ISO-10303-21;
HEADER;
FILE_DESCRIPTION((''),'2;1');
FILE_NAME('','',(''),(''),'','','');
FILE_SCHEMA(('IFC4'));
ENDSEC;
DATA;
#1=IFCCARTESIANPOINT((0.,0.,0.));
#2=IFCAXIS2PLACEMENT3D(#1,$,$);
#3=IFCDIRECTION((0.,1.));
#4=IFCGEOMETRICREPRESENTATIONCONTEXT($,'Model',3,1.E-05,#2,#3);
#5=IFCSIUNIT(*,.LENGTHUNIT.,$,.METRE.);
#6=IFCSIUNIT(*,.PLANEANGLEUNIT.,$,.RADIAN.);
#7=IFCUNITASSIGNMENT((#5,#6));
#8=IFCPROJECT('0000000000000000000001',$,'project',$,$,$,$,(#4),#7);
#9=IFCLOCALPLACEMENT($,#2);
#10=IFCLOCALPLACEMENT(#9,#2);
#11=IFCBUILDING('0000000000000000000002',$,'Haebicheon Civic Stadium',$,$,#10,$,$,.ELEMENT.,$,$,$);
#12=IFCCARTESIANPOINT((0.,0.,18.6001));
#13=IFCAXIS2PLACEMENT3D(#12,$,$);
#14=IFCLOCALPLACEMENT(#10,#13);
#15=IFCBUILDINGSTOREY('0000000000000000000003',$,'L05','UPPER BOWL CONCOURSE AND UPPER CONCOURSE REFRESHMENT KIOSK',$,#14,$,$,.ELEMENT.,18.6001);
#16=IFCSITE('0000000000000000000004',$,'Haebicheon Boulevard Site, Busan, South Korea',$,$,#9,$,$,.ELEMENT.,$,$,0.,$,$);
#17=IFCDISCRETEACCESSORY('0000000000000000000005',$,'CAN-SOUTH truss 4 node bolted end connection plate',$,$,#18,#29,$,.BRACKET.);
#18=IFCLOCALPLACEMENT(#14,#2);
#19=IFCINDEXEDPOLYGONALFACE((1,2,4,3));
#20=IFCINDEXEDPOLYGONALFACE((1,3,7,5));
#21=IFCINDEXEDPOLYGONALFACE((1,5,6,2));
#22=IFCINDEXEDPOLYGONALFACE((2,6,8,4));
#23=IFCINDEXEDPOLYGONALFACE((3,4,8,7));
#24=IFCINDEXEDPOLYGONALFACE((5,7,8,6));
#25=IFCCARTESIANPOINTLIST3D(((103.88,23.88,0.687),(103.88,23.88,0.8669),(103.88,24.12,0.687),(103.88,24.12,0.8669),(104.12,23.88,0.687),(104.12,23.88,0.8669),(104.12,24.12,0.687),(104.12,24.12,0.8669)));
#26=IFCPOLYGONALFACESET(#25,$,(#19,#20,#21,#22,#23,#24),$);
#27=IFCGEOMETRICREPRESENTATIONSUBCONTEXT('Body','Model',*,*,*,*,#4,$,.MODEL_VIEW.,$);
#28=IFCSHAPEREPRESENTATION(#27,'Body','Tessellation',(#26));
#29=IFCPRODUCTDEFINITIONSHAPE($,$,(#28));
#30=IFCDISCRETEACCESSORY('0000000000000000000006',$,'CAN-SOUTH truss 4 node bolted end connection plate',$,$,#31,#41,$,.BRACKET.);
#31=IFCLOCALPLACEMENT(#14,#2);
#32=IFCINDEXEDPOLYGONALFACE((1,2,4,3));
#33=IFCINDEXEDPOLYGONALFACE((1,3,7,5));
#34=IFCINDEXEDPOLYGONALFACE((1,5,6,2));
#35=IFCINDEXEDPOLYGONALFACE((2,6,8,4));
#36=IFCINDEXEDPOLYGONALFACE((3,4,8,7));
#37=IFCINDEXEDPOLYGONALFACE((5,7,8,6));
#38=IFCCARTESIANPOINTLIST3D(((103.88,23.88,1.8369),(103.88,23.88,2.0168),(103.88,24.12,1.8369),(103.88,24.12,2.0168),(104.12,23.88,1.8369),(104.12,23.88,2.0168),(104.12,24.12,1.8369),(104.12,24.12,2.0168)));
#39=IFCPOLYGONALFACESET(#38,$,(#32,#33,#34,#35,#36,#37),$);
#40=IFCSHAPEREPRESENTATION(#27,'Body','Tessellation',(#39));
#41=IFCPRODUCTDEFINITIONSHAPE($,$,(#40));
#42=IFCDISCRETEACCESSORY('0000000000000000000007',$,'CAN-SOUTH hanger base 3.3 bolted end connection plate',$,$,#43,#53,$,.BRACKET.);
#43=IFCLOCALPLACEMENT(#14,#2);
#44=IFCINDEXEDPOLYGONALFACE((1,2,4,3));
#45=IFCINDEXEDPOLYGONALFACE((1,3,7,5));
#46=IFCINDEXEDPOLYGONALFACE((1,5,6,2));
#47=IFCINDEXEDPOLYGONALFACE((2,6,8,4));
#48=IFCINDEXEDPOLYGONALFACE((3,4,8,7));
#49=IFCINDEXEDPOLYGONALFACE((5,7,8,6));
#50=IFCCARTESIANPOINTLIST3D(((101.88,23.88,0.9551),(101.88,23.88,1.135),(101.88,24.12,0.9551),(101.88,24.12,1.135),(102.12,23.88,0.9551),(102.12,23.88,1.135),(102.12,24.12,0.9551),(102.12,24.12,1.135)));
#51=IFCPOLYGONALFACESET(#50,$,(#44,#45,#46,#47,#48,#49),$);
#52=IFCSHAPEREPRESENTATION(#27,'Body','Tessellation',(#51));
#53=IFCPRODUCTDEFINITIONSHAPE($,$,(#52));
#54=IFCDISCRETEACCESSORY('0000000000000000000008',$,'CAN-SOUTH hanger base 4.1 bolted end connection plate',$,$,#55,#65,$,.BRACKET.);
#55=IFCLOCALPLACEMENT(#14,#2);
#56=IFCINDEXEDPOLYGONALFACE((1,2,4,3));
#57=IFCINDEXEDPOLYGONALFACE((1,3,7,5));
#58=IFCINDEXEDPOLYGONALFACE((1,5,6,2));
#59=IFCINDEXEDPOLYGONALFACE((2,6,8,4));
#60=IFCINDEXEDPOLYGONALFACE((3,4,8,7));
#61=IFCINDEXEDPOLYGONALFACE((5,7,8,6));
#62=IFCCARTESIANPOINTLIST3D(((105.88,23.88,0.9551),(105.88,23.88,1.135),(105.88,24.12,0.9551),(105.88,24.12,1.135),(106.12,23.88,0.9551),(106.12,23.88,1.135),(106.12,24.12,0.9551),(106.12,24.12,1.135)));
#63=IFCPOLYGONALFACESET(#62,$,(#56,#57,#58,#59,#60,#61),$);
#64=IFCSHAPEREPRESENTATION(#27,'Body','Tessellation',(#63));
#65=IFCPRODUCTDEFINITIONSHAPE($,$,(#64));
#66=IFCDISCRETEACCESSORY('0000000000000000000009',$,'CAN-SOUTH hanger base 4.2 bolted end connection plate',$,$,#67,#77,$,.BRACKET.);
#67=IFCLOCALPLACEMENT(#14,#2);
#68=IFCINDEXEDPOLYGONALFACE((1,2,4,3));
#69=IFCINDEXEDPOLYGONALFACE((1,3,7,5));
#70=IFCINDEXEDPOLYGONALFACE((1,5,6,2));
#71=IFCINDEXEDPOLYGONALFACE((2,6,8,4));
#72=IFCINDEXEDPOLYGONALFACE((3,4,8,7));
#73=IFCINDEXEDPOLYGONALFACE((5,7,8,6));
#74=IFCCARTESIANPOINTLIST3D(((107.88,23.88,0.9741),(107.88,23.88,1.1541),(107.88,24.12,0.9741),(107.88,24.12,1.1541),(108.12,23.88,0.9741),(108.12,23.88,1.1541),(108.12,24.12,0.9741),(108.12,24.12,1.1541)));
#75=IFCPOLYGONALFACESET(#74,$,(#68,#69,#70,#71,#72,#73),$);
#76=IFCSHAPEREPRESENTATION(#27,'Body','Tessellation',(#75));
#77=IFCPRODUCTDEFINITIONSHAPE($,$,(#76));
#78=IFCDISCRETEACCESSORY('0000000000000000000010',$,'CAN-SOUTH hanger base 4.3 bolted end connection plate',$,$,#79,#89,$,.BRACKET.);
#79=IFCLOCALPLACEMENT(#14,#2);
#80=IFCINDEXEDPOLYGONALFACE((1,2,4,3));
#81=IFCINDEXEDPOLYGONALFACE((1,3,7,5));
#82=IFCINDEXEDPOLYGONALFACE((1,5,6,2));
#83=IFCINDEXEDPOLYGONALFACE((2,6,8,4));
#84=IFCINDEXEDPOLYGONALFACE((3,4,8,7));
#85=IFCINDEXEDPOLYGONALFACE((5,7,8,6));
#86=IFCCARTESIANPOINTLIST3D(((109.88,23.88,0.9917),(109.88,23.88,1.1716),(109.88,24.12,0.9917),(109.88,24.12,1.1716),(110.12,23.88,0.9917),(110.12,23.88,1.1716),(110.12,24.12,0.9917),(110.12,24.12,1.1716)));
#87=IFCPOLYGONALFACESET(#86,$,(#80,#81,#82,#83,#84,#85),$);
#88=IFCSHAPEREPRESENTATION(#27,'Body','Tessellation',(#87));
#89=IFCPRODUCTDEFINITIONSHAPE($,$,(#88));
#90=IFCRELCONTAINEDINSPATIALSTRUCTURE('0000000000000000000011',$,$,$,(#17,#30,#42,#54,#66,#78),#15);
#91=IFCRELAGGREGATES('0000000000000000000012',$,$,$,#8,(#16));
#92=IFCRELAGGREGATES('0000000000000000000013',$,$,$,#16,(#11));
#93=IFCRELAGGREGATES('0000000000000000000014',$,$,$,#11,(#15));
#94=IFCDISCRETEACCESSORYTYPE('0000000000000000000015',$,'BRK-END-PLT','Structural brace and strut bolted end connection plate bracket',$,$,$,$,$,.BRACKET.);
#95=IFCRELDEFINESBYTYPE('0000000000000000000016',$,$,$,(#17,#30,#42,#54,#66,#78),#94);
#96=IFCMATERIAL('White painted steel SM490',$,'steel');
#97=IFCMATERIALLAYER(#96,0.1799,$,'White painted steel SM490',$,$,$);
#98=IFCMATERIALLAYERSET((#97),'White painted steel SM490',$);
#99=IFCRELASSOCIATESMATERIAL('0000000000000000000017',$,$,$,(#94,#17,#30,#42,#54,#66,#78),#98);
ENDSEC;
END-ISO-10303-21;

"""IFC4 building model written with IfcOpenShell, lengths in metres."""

from ifc_helpers import new_model, si_unit, direction, frame, origin, origin_2d, place, context, subcontext, project, spatial, rectangle, extrude, material, layer, layer_set, type_object, element, save


model = new_model("IFC4")

# Units and contexts
model_context = context("Model", 3, precision=1e-05, world=origin(), true_north=direction((0.0, 1.0)))
body_context = subcontext(model_context, "Body", "Model", "MODEL_VIEW")
ifc_project = project(units=[si_unit("LENGTHUNIT", "METRE"), si_unit("PLANEANGLEUNIT", "RADIAN")], contexts=[model_context])

# Site, building, storey
site_placement = place(None, origin())
site = spatial("IfcSite", under=ifc_project, at=site_placement, Name="Haebicheon Boulevard Site, Busan, South Korea", CompositionType="ELEMENT", RefElevation=0.0)
building_placement = place(site_placement, origin())
building = spatial("IfcBuilding", under=site, at=building_placement, Name="Haebicheon Civic Stadium", CompositionType="ELEMENT")
storey_placement = place(building_placement, frame((0.0, 0.0, 18.6001)))
storey = spatial("IfcBuildingStorey", under=building, at=storey_placement, Name="L05", Description="UPPER BOWL CONCOURSE AND UPPER CONCOURSE REFRESHMENT KIOSK", CompositionType="ELEMENT", Elevation=18.6001)

# Discrete accessories
ifc_material_1 = material(Name="White painted steel SM490", Category="steel")
ifc_layer_1 = layer(ifc_material_1, 0.1799, Name="White painted steel SM490")
ifc_layer_set_1 = layer_set([ifc_layer_1], Name="White painted steel SM490")
discrete_accessory_type = type_object("IfcDiscreteAccessoryType", Name="BRK-END-PLT", Description="Structural brace and strut bolted end connection plate bracket", PredefinedType="BRACKET", material=ifc_layer_set_1)
for number, where, z_axis, x_axis, name in (
    (1, (104.0, 24.0, 0.687), (0.0, 0.0, 1.0), (1.0, 0.0, 0.0), "CAN-SOUTH truss 4 node bolted end connection plate"),
    (2, (104.0, 24.0, 1.8369), (0.0, 0.0, 1.0), (1.0, 0.0, 0.0), "CAN-SOUTH truss 4 node bolted end connection plate"),
    (3, (102.0, 24.0, 0.9551), (0.0, 0.0, 1.0), (1.0, 0.0, 0.0), "CAN-SOUTH hanger base 3.3 bolted end connection plate"),
    (4, (106.0, 24.0, 0.9551), (0.0, 0.0, 1.0), (1.0, 0.0, 0.0), "CAN-SOUTH hanger base 4.1 bolted end connection plate"),
    (5, (108.0, 24.0, 0.9741), (0.0, 0.0, 1.0), (1.0, 0.0, 0.0), "CAN-SOUTH hanger base 4.2 bolted end connection plate"),
    (6, (110.0, 24.0, 0.9917), (0.0, 0.0, 1.0), (1.0, 0.0, 0.0), "CAN-SOUTH hanger base 4.3 bolted end connection plate"),
):
    element("IfcDiscreteAccessory", number, at=place(storey_placement, frame(where, z_axis=z_axis, x_axis=x_axis)), inside=storey, type_object=discrete_accessory_type, material=ifc_layer_set_1, Name=name, PredefinedType="BRACKET", context=body_context, shape_type="SweptSolid", body=[
        extrude(rectangle(XDim=0.24, YDim=0.24, at=origin_2d()), origin(), (0.0, 0.0, 1.0), 0.1799),
    ])

save(model, "model.ifc")
